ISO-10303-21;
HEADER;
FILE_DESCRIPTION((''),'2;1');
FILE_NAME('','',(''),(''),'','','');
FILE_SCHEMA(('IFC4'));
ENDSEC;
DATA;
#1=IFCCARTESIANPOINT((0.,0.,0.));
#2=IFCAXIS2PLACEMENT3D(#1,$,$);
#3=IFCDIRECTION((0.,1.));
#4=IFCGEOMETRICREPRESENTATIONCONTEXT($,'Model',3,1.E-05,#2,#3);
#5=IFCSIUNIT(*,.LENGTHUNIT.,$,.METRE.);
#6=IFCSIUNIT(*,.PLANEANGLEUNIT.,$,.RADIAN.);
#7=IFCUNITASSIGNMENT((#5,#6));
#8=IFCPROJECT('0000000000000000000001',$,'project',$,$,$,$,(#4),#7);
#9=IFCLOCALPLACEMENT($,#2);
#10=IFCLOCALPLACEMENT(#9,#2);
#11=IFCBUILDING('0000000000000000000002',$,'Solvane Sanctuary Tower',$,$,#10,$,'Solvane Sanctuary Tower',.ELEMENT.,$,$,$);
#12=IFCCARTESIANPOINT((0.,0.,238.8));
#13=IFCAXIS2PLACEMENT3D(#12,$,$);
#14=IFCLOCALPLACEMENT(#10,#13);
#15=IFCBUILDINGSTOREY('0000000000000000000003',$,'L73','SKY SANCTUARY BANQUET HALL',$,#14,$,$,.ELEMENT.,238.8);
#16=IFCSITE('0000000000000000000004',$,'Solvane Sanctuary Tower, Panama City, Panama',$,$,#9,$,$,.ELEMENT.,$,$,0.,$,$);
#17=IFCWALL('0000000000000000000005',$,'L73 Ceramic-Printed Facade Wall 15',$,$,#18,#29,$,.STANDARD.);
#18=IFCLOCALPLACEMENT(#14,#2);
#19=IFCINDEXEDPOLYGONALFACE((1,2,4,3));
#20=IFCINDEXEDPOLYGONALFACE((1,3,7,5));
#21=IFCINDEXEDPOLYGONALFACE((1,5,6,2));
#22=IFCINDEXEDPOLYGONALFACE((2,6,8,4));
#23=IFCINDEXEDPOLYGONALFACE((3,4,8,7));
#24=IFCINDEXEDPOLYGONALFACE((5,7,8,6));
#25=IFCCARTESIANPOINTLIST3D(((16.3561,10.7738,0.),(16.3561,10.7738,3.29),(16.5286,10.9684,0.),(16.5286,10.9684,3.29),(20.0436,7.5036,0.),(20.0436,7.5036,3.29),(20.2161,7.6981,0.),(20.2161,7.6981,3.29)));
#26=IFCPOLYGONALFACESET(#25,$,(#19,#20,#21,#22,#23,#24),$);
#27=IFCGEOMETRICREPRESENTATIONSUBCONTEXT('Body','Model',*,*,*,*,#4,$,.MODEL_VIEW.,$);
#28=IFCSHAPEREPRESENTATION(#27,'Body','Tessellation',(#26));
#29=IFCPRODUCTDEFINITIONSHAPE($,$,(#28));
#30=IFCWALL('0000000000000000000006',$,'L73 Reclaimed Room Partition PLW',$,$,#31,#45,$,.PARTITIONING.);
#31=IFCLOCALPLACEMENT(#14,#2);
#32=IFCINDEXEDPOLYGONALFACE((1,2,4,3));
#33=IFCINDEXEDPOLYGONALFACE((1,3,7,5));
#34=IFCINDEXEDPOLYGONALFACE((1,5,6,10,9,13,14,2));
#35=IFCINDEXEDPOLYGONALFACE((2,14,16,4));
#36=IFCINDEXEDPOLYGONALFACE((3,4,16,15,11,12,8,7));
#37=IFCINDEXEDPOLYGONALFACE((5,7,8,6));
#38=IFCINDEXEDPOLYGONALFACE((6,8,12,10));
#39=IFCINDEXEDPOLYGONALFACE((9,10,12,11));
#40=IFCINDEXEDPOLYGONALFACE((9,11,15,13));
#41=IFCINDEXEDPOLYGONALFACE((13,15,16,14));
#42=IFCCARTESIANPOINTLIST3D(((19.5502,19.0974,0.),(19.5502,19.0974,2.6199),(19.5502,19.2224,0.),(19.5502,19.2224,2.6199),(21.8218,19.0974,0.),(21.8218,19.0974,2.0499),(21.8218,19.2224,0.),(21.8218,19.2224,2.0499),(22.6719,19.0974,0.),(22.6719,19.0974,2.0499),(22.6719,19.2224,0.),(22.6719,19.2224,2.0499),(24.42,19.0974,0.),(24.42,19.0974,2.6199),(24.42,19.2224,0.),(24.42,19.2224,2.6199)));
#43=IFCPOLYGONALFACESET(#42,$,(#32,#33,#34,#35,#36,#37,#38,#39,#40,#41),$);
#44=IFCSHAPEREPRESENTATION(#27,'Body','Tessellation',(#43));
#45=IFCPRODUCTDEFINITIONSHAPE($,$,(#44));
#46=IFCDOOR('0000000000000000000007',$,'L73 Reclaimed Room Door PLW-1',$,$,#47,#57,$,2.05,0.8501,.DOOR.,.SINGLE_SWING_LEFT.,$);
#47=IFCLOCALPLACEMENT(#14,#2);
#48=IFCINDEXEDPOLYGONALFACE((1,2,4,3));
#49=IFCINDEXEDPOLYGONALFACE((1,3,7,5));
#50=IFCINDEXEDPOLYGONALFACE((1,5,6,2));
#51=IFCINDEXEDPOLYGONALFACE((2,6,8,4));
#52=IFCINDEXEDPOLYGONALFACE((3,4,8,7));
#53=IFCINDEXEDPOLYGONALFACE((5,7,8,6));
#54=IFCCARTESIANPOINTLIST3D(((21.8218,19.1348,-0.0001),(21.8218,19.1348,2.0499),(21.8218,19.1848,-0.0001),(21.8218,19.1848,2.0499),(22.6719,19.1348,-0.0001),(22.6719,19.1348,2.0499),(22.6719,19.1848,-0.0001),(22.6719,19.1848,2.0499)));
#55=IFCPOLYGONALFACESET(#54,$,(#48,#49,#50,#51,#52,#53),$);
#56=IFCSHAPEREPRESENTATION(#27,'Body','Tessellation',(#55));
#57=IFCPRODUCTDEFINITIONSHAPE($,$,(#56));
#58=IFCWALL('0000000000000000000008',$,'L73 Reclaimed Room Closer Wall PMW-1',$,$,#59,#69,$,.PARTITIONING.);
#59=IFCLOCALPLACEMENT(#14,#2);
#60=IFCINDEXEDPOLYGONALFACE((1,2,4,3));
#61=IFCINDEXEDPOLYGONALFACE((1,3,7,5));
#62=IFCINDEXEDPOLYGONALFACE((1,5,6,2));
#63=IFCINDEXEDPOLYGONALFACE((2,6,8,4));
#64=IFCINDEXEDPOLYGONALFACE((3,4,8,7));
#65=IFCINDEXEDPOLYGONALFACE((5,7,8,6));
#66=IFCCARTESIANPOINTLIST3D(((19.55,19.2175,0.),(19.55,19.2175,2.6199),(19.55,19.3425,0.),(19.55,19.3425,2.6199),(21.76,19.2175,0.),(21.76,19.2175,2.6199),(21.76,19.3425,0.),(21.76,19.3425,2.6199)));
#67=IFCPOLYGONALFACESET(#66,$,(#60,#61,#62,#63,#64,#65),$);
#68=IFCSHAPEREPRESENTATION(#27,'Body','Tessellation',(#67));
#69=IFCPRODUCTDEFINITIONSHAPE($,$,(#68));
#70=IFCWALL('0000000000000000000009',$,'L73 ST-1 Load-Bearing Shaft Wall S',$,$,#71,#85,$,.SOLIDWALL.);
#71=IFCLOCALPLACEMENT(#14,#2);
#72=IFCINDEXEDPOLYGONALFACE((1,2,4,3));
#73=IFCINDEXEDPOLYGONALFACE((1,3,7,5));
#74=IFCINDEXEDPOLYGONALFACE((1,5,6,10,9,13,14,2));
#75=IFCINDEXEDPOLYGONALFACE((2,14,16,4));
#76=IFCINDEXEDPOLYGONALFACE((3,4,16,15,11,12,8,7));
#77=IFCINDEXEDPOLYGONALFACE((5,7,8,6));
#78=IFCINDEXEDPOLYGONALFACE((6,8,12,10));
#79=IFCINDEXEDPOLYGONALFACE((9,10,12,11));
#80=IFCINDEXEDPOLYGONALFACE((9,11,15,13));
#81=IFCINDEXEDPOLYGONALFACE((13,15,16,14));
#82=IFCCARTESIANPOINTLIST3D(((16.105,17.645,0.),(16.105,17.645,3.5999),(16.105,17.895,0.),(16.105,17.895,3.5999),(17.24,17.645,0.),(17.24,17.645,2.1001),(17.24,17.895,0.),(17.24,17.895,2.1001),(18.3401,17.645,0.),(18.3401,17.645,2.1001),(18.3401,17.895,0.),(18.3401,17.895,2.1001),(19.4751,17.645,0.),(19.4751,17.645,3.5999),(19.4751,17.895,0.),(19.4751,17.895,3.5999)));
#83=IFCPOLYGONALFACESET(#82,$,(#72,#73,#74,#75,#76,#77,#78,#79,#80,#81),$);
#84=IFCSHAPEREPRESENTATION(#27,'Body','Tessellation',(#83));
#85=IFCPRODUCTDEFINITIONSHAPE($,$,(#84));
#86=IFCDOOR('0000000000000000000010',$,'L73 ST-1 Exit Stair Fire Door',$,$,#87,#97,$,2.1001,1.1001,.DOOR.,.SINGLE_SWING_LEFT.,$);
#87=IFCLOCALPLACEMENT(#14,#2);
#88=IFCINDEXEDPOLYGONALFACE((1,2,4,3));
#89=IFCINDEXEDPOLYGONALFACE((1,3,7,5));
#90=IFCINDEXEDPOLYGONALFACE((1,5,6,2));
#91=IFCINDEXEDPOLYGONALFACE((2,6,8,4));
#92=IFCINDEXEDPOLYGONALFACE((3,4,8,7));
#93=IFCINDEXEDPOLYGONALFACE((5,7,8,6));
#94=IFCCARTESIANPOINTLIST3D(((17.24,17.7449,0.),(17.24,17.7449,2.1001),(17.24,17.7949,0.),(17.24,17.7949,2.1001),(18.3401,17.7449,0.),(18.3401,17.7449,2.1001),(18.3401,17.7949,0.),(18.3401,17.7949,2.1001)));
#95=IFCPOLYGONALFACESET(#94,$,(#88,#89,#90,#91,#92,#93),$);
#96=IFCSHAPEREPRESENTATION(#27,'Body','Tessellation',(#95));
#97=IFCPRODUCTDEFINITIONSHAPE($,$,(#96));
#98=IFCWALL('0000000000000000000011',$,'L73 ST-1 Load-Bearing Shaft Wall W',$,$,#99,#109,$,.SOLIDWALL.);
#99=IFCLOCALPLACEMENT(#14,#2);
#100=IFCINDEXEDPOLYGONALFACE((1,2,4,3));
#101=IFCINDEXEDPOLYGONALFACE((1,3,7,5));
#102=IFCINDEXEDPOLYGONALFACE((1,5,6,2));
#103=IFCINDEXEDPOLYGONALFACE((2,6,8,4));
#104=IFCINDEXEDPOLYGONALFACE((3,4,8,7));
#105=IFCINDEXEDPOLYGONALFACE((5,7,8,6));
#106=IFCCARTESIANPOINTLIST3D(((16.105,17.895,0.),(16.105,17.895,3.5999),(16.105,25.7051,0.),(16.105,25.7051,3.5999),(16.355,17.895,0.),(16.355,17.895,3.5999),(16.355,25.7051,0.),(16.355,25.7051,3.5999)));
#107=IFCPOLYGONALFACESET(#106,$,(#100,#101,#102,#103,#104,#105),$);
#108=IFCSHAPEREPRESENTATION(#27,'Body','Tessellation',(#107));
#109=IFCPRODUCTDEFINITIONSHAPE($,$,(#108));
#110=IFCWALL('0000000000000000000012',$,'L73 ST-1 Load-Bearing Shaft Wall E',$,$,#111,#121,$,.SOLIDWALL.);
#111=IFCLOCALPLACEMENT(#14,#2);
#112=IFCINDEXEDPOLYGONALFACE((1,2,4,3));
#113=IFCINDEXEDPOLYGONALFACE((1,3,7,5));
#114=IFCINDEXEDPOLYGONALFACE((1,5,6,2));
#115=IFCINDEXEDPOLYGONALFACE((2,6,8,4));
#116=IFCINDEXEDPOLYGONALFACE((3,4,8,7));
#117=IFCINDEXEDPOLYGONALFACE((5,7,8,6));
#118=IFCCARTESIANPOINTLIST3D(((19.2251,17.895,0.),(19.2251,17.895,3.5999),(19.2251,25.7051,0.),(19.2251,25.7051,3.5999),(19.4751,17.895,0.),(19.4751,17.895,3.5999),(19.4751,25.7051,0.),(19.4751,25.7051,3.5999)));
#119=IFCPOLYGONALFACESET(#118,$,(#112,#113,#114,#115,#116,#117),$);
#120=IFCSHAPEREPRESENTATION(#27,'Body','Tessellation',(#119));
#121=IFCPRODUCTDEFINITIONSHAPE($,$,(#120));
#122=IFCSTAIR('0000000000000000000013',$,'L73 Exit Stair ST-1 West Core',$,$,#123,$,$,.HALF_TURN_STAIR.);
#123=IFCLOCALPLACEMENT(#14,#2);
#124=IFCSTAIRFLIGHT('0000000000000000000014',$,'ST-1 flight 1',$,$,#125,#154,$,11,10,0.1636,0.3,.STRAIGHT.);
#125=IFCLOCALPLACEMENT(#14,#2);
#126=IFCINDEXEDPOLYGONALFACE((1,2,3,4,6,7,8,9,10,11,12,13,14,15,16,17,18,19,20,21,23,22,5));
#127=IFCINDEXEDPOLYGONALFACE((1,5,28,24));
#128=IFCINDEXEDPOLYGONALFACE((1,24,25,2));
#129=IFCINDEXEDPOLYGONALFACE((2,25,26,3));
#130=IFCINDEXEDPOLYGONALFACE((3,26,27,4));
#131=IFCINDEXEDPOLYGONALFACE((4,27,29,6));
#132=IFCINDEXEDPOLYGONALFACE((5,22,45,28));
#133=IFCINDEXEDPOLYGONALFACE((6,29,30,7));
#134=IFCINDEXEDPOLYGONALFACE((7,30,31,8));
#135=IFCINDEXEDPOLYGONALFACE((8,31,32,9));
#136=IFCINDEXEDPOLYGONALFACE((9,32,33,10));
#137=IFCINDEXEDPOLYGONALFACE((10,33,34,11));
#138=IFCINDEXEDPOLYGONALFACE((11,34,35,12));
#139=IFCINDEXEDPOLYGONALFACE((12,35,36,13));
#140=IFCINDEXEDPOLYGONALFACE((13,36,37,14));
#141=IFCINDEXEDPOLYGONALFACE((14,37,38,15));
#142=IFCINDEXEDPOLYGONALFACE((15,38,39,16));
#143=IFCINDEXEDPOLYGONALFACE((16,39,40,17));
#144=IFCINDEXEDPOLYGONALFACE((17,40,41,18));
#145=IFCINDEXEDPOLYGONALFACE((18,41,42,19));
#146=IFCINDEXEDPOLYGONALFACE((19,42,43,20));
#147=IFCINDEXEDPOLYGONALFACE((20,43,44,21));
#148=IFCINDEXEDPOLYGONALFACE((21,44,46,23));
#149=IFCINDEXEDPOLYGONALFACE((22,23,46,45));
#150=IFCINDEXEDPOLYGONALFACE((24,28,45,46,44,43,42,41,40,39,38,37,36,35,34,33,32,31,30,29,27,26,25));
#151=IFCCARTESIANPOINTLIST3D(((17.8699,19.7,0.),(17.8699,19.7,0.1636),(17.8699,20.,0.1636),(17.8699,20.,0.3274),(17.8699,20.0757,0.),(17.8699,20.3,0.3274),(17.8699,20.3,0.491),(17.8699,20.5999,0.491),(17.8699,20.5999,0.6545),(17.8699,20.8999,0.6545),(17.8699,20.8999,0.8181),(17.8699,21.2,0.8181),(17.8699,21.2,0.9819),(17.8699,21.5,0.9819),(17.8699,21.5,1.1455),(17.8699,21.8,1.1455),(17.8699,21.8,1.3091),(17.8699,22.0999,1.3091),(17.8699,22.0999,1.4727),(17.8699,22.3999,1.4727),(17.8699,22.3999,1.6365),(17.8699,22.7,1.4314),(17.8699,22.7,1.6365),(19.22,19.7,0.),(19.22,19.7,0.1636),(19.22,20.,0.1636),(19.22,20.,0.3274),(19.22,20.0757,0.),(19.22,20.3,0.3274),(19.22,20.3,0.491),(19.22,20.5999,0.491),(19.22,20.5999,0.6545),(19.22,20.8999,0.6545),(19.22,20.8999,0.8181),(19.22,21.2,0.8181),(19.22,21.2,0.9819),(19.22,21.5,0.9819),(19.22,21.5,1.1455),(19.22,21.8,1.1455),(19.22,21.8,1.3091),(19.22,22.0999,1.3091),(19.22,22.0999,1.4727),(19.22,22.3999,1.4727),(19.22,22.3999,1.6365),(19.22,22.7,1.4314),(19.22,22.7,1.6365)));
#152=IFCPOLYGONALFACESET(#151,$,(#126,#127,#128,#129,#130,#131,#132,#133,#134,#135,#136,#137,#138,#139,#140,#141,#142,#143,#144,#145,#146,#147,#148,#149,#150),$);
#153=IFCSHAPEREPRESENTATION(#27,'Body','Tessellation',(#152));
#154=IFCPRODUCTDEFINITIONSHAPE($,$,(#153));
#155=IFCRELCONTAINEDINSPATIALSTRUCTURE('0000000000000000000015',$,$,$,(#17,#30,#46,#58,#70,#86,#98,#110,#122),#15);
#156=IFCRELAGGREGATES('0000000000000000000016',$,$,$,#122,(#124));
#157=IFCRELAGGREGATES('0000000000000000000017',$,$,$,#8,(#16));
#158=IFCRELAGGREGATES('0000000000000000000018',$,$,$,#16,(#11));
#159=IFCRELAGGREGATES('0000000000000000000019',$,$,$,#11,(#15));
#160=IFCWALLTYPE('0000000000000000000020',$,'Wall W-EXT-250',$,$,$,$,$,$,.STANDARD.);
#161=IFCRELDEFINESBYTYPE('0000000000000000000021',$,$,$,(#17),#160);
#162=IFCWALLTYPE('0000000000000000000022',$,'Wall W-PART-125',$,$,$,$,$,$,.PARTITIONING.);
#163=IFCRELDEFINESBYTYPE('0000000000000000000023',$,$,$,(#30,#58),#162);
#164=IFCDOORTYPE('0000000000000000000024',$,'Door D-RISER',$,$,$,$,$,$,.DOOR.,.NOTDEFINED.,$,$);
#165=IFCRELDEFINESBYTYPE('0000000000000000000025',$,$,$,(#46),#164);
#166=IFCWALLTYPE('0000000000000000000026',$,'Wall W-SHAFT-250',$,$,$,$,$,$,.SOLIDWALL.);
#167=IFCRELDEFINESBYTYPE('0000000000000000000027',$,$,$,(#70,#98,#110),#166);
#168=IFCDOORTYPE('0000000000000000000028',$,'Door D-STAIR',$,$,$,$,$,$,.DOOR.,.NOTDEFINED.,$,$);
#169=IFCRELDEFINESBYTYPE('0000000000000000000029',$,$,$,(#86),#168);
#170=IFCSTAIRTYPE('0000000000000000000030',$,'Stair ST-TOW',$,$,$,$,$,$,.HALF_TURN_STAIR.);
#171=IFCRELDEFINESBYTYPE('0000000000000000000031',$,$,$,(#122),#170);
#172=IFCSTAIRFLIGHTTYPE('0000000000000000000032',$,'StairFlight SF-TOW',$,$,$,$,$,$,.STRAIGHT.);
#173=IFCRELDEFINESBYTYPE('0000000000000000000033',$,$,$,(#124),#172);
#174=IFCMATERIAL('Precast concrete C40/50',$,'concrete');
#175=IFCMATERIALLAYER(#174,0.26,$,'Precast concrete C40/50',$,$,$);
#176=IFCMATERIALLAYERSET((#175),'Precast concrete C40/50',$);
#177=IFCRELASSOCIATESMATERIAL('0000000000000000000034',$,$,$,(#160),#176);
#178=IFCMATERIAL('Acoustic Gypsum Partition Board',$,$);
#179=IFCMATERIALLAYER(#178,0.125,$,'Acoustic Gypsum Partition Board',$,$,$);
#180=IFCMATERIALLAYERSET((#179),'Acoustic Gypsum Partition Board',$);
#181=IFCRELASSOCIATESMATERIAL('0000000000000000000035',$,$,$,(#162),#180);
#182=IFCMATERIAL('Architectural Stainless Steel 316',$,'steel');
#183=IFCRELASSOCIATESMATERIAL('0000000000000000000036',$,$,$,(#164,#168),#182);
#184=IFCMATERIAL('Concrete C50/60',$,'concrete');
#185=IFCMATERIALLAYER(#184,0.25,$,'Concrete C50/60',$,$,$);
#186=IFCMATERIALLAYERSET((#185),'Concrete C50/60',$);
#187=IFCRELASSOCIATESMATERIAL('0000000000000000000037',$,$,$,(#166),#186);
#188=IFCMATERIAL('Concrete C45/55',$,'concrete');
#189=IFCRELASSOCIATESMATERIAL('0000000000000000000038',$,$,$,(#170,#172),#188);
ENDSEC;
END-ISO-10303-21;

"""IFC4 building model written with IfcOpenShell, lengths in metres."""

from ifc_helpers import new_model, si_unit, direction, frame, frame_2d, origin, place, context, subcontext, project, spatial, polyline, rectangle, outline, extrude, material, layer, layer_set, type_object, element, fill, aggregate, save


model = new_model("IFC4")

# Units and contexts
model_context = context("Model", 3, precision=1e-05, world=origin(), true_north=direction((0.0, 1.0)))
body_context = subcontext(model_context, "Body", "Model", "MODEL_VIEW")
ifc_project = project(units=[si_unit("LENGTHUNIT", "METRE"), si_unit("PLANEANGLEUNIT", "RADIAN")], contexts=[model_context])

# Site, building, storey
site_placement = place(None, origin())
site = spatial("IfcSite", under=ifc_project, at=site_placement, Name="Solvane Sanctuary Tower, Panama City, Panama", CompositionType="ELEMENT", RefElevation=0.0)
building_placement = place(site_placement, origin())
building = spatial("IfcBuilding", under=site, at=building_placement, Name="Solvane Sanctuary Tower", LongName="Solvane Sanctuary Tower", CompositionType="ELEMENT")
storey_placement = place(building_placement, frame((0.0, 0.0, 238.8)))
storey = spatial("IfcBuildingStorey", under=building, at=storey_placement, Name="L73", Description="SKY SANCTUARY BANQUET HALL", CompositionType="ELEMENT", Elevation=238.8)

# Shared definitions
ifc_material_1 = material(Name="Concrete C50/60", Category="concrete")

# Shared definitions
ifc_material_2 = material(Name="Acoustic Gypsum Partition Board")

# Wall
ifc_material_3 = material(Name="Precast concrete C40/50", Category="concrete")
ifc_layer_1 = layer(ifc_material_3, 0.26, Name="Precast concrete C40/50")
ifc_layer_set_1 = layer_set([ifc_layer_1], Name="Precast concrete C40/50")
wall_type_1 = type_object("IfcWallType", Name="Wall W-EXT-250", PredefinedType="STANDARD", material=ifc_layer_set_1)
wall_1_placement = place(storey_placement, frame((16.4424, 10.8711, 0.0), z_axis=(0.0, 0.0, 1.0), x_axis=(0.748166, -0.663512, 0.0)))
element("IfcWall", 1, at=wall_1_placement, inside=storey, type_object=wall_type_1, Name="L73 Ceramic-Printed Facade Wall 15", PredefinedType="STANDARD", context=body_context, shape_type="SweptSolid", body=[
    extrude(rectangle(XDim=4.9287, YDim=0.26, at=frame_2d((2.4644, 0.0))), origin(), (0.0, 0.0, 1.0), 3.29),
])

# Wall, opening, door
ifc_layer_2 = layer(ifc_material_2, 0.125, Name="Acoustic Gypsum Partition Board")
ifc_layer_set_2 = layer_set([ifc_layer_2], Name="Acoustic Gypsum Partition Board")
wall_type_2 = type_object("IfcWallType", Name="Wall W-PART-125", PredefinedType="PARTITIONING", material=ifc_layer_set_2)
wall_2_placement = place(storey_placement, frame((19.55, 19.1599, 0.0), z_axis=(0.0, 0.0, 1.0), x_axis=(1.0, 0.0, 0.0)))
wall_2 = element("IfcWall", 2, at=wall_2_placement, inside=storey, type_object=wall_type_2, Name="L73 Reclaimed Room Partition PLW", PredefinedType="PARTITIONING", context=body_context, shape_type="SweptSolid", body=[
    extrude(rectangle(XDim=4.8699, YDim=0.125, at=frame_2d((2.4351, 0.0))), origin(), (0.0, 0.0, 1.0), 2.6199),
])
opening_1_placement = place(wall_2_placement, frame((2.2717, 0.0, 0.0)))
opening_1 = element("IfcOpeningElement", 3, at=opening_1_placement, cuts=wall_2, PredefinedType="OPENING", context=body_context, shape_type="SweptSolid", body=[
    extrude(rectangle(XDim=0.8501, YDim=2.05, at=frame_2d((0.425, 1.0249))), frame((0.0, 0.0725, 0.0), z_axis=(0.0, -1.0, 0.0), x_axis=(1.0, 0.0, 0.0)), (0.0, 0.0, 1.0), 0.145),
])
ifc_material_4 = material(Name="Architectural Stainless Steel 316", Category="steel")
door_type_1 = type_object("IfcDoorType", Name="Door D-RISER", OperationType="NOTDEFINED", PredefinedType="DOOR", material=ifc_material_4)
door_1_placement = place(opening_1_placement, origin())
door_1 = element("IfcDoor", 4, at=door_1_placement, inside=storey, type_object=door_type_1, Name="L73 Reclaimed Room Door PLW-1", OperationType="SINGLE_SWING_LEFT", OverallHeight=2.05, OverallWidth=0.8501, PredefinedType="DOOR", context=body_context, shape_type="SweptSolid", body=[
    extrude(rectangle(XDim=0.8501, YDim=2.05, at=frame_2d((0.425, 1.0249))), frame((0.0, 0.0249, 0.0), z_axis=(0.0, -1.0, 0.0), x_axis=(1.0, 0.0, 0.0)), (0.0, 0.0, 1.0), 0.05),
])
fill(opening_1, door_1)

# Wall
wall_3_placement = place(storey_placement, frame((19.55, 19.28, 0.0), z_axis=(0.0, 0.0, 1.0), x_axis=(1.0, 0.0, 0.0)))
element("IfcWall", 5, at=wall_3_placement, inside=storey, type_object=wall_type_2, Name="L73 Reclaimed Room Closer Wall PMW-1", PredefinedType="PARTITIONING", context=body_context, shape_type="SweptSolid", body=[
    extrude(rectangle(XDim=2.21, YDim=0.125, at=frame_2d((1.105, 0.0))), origin(), (0.0, 0.0, 1.0), 2.6199),
])

# Wall, opening, door
ifc_layer_3 = layer(ifc_material_1, 0.25, Name="Concrete C50/60")
ifc_layer_set_3 = layer_set([ifc_layer_3], Name="Concrete C50/60")
wall_type_3 = type_object("IfcWallType", Name="Wall W-SHAFT-250", PredefinedType="SOLIDWALL", material=ifc_layer_set_3)
wall_4_placement = place(storey_placement, frame((16.105, 17.77, 0.0), z_axis=(0.0, 0.0, 1.0), x_axis=(1.0, 0.0, 0.0)))
wall_4 = element("IfcWall", 6, at=wall_4_placement, inside=storey, type_object=wall_type_3, Name="L73 ST-1 Load-Bearing Shaft Wall S", PredefinedType="SOLIDWALL", context=body_context, shape_type="SweptSolid", body=[
    extrude(rectangle(XDim=3.3701, YDim=0.25, at=frame_2d((1.6851, 0.0))), origin(), (0.0, 0.0, 1.0), 3.5999),
])
opening_2_placement = place(wall_4_placement, frame((1.135, 0.0, 0.0)))
opening_2 = element("IfcOpeningElement", 7, at=opening_2_placement, cuts=wall_4, PredefinedType="OPENING", context=body_context, shape_type="SweptSolid", body=[
    extrude(rectangle(XDim=1.1001, YDim=2.1001, at=frame_2d((0.55, 1.05))), frame((0.0, 0.135, 0.0), z_axis=(0.0, -1.0, 0.0), x_axis=(1.0, 0.0, 0.0)), (0.0, 0.0, 1.0), 0.27),
])
door_type_2 = type_object("IfcDoorType", Name="Door D-STAIR", OperationType="NOTDEFINED", PredefinedType="DOOR", material=ifc_material_4)
door_2_placement = place(opening_2_placement, origin())
door_2 = element("IfcDoor", 8, at=door_2_placement, inside=storey, type_object=door_type_2, Name="L73 ST-1 Exit Stair Fire Door", OperationType="SINGLE_SWING_LEFT", OverallHeight=2.1001, OverallWidth=1.1001, PredefinedType="DOOR", context=body_context, shape_type="SweptSolid", body=[
    extrude(rectangle(XDim=1.1001, YDim=2.1001, at=frame_2d((0.55, 1.05))), frame((0.0, 0.0249, 0.0), z_axis=(0.0, -1.0, 0.0), x_axis=(1.0, 0.0, 0.0)), (0.0, 0.0, 1.0), 0.05),
])
fill(opening_2, door_2)

# Walls
for number, where, z_axis, x_axis, name in (
    (9, (16.23, 17.895, 0.0), (0.0, 0.0, 1.0), (0.0, 1.0, 0.0), "L73 ST-1 Load-Bearing Shaft Wall W"),
    (10, (19.3501, 17.895, 0.0), (0.0, 0.0, 1.0), (0.0, 1.0, 0.0), "L73 ST-1 Load-Bearing Shaft Wall E"),
):
    element("IfcWall", number, at=place(storey_placement, frame(where, z_axis=z_axis, x_axis=x_axis)), inside=storey, type_object=wall_type_3, Name=name, PredefinedType="SOLIDWALL", context=body_context, shape_type="SweptSolid", body=[
        extrude(rectangle(XDim=7.8101, YDim=0.25, at=frame_2d((3.905, 0.0))), origin(), (0.0, 0.0, 1.0), 3.5999),
    ])

# Stair, stair flight
ifc_material_5 = material(Name="Concrete C45/55", Category="concrete")
stair_type = type_object("IfcStairType", Name="Stair ST-TOW", PredefinedType="HALF_TURN_STAIR", material=ifc_material_5)
stair_placement = place(storey_placement, origin())
stair = element("IfcStair", 11, at=stair_placement, inside=storey, type_object=stair_type, Name="L73 Exit Stair ST-1 West Core", PredefinedType="HALF_TURN_STAIR")
stair_flight_type = type_object("IfcStairFlightType", Name="StairFlight SF-TOW", PredefinedType="STRAIGHT", material=ifc_material_5)
stair_flight_placement = place(storey_placement, frame((18.5449, 19.7, 0.0), z_axis=(0.0, 0.0, 1.0), x_axis=(0.0, 1.0, 0.0)))
stair_flight = element("IfcStairFlight", 12, at=stair_flight_placement, type_object=stair_flight_type, Name="ST-1 flight 1", NumberOfRisers=11, NumberOfTreads=10, PredefinedType="STRAIGHT", RiserHeight=0.1636, TreadLength=0.3, context=body_context, shape_type="SweptSolid", body=[
    extrude(outline(polyline([(0.0, 0.0), (0.0, 0.1636), (0.3, 0.1636), (0.3, 0.3274), (0.6001, 0.3274), (0.6001, 0.491), (0.8999, 0.491), (0.8999, 0.6545), (1.2, 0.6545), (1.2, 0.8181), (1.5, 0.8181), (1.5, 0.9819), (1.8, 0.9819), (1.8, 1.1455), (2.1001, 1.1455), (2.1001, 1.3091), (2.3999, 1.3091), (2.3999, 1.4727), (2.7, 1.4727), (2.7, 1.6365), (3.0, 1.6365), (3.0, 1.8), (3.0, 1.4314), (0.3757, 0.0), (0.0, 0.0)])), frame((0.0, 0.675, 0.0), z_axis=(0.0, -1.0, 0.0), x_axis=(1.0, 0.0, 0.0)), (0.0, 0.0, 1.0), 1.3501),
])
aggregate(stair, [stair_flight])

save(model, "model.ifc")
